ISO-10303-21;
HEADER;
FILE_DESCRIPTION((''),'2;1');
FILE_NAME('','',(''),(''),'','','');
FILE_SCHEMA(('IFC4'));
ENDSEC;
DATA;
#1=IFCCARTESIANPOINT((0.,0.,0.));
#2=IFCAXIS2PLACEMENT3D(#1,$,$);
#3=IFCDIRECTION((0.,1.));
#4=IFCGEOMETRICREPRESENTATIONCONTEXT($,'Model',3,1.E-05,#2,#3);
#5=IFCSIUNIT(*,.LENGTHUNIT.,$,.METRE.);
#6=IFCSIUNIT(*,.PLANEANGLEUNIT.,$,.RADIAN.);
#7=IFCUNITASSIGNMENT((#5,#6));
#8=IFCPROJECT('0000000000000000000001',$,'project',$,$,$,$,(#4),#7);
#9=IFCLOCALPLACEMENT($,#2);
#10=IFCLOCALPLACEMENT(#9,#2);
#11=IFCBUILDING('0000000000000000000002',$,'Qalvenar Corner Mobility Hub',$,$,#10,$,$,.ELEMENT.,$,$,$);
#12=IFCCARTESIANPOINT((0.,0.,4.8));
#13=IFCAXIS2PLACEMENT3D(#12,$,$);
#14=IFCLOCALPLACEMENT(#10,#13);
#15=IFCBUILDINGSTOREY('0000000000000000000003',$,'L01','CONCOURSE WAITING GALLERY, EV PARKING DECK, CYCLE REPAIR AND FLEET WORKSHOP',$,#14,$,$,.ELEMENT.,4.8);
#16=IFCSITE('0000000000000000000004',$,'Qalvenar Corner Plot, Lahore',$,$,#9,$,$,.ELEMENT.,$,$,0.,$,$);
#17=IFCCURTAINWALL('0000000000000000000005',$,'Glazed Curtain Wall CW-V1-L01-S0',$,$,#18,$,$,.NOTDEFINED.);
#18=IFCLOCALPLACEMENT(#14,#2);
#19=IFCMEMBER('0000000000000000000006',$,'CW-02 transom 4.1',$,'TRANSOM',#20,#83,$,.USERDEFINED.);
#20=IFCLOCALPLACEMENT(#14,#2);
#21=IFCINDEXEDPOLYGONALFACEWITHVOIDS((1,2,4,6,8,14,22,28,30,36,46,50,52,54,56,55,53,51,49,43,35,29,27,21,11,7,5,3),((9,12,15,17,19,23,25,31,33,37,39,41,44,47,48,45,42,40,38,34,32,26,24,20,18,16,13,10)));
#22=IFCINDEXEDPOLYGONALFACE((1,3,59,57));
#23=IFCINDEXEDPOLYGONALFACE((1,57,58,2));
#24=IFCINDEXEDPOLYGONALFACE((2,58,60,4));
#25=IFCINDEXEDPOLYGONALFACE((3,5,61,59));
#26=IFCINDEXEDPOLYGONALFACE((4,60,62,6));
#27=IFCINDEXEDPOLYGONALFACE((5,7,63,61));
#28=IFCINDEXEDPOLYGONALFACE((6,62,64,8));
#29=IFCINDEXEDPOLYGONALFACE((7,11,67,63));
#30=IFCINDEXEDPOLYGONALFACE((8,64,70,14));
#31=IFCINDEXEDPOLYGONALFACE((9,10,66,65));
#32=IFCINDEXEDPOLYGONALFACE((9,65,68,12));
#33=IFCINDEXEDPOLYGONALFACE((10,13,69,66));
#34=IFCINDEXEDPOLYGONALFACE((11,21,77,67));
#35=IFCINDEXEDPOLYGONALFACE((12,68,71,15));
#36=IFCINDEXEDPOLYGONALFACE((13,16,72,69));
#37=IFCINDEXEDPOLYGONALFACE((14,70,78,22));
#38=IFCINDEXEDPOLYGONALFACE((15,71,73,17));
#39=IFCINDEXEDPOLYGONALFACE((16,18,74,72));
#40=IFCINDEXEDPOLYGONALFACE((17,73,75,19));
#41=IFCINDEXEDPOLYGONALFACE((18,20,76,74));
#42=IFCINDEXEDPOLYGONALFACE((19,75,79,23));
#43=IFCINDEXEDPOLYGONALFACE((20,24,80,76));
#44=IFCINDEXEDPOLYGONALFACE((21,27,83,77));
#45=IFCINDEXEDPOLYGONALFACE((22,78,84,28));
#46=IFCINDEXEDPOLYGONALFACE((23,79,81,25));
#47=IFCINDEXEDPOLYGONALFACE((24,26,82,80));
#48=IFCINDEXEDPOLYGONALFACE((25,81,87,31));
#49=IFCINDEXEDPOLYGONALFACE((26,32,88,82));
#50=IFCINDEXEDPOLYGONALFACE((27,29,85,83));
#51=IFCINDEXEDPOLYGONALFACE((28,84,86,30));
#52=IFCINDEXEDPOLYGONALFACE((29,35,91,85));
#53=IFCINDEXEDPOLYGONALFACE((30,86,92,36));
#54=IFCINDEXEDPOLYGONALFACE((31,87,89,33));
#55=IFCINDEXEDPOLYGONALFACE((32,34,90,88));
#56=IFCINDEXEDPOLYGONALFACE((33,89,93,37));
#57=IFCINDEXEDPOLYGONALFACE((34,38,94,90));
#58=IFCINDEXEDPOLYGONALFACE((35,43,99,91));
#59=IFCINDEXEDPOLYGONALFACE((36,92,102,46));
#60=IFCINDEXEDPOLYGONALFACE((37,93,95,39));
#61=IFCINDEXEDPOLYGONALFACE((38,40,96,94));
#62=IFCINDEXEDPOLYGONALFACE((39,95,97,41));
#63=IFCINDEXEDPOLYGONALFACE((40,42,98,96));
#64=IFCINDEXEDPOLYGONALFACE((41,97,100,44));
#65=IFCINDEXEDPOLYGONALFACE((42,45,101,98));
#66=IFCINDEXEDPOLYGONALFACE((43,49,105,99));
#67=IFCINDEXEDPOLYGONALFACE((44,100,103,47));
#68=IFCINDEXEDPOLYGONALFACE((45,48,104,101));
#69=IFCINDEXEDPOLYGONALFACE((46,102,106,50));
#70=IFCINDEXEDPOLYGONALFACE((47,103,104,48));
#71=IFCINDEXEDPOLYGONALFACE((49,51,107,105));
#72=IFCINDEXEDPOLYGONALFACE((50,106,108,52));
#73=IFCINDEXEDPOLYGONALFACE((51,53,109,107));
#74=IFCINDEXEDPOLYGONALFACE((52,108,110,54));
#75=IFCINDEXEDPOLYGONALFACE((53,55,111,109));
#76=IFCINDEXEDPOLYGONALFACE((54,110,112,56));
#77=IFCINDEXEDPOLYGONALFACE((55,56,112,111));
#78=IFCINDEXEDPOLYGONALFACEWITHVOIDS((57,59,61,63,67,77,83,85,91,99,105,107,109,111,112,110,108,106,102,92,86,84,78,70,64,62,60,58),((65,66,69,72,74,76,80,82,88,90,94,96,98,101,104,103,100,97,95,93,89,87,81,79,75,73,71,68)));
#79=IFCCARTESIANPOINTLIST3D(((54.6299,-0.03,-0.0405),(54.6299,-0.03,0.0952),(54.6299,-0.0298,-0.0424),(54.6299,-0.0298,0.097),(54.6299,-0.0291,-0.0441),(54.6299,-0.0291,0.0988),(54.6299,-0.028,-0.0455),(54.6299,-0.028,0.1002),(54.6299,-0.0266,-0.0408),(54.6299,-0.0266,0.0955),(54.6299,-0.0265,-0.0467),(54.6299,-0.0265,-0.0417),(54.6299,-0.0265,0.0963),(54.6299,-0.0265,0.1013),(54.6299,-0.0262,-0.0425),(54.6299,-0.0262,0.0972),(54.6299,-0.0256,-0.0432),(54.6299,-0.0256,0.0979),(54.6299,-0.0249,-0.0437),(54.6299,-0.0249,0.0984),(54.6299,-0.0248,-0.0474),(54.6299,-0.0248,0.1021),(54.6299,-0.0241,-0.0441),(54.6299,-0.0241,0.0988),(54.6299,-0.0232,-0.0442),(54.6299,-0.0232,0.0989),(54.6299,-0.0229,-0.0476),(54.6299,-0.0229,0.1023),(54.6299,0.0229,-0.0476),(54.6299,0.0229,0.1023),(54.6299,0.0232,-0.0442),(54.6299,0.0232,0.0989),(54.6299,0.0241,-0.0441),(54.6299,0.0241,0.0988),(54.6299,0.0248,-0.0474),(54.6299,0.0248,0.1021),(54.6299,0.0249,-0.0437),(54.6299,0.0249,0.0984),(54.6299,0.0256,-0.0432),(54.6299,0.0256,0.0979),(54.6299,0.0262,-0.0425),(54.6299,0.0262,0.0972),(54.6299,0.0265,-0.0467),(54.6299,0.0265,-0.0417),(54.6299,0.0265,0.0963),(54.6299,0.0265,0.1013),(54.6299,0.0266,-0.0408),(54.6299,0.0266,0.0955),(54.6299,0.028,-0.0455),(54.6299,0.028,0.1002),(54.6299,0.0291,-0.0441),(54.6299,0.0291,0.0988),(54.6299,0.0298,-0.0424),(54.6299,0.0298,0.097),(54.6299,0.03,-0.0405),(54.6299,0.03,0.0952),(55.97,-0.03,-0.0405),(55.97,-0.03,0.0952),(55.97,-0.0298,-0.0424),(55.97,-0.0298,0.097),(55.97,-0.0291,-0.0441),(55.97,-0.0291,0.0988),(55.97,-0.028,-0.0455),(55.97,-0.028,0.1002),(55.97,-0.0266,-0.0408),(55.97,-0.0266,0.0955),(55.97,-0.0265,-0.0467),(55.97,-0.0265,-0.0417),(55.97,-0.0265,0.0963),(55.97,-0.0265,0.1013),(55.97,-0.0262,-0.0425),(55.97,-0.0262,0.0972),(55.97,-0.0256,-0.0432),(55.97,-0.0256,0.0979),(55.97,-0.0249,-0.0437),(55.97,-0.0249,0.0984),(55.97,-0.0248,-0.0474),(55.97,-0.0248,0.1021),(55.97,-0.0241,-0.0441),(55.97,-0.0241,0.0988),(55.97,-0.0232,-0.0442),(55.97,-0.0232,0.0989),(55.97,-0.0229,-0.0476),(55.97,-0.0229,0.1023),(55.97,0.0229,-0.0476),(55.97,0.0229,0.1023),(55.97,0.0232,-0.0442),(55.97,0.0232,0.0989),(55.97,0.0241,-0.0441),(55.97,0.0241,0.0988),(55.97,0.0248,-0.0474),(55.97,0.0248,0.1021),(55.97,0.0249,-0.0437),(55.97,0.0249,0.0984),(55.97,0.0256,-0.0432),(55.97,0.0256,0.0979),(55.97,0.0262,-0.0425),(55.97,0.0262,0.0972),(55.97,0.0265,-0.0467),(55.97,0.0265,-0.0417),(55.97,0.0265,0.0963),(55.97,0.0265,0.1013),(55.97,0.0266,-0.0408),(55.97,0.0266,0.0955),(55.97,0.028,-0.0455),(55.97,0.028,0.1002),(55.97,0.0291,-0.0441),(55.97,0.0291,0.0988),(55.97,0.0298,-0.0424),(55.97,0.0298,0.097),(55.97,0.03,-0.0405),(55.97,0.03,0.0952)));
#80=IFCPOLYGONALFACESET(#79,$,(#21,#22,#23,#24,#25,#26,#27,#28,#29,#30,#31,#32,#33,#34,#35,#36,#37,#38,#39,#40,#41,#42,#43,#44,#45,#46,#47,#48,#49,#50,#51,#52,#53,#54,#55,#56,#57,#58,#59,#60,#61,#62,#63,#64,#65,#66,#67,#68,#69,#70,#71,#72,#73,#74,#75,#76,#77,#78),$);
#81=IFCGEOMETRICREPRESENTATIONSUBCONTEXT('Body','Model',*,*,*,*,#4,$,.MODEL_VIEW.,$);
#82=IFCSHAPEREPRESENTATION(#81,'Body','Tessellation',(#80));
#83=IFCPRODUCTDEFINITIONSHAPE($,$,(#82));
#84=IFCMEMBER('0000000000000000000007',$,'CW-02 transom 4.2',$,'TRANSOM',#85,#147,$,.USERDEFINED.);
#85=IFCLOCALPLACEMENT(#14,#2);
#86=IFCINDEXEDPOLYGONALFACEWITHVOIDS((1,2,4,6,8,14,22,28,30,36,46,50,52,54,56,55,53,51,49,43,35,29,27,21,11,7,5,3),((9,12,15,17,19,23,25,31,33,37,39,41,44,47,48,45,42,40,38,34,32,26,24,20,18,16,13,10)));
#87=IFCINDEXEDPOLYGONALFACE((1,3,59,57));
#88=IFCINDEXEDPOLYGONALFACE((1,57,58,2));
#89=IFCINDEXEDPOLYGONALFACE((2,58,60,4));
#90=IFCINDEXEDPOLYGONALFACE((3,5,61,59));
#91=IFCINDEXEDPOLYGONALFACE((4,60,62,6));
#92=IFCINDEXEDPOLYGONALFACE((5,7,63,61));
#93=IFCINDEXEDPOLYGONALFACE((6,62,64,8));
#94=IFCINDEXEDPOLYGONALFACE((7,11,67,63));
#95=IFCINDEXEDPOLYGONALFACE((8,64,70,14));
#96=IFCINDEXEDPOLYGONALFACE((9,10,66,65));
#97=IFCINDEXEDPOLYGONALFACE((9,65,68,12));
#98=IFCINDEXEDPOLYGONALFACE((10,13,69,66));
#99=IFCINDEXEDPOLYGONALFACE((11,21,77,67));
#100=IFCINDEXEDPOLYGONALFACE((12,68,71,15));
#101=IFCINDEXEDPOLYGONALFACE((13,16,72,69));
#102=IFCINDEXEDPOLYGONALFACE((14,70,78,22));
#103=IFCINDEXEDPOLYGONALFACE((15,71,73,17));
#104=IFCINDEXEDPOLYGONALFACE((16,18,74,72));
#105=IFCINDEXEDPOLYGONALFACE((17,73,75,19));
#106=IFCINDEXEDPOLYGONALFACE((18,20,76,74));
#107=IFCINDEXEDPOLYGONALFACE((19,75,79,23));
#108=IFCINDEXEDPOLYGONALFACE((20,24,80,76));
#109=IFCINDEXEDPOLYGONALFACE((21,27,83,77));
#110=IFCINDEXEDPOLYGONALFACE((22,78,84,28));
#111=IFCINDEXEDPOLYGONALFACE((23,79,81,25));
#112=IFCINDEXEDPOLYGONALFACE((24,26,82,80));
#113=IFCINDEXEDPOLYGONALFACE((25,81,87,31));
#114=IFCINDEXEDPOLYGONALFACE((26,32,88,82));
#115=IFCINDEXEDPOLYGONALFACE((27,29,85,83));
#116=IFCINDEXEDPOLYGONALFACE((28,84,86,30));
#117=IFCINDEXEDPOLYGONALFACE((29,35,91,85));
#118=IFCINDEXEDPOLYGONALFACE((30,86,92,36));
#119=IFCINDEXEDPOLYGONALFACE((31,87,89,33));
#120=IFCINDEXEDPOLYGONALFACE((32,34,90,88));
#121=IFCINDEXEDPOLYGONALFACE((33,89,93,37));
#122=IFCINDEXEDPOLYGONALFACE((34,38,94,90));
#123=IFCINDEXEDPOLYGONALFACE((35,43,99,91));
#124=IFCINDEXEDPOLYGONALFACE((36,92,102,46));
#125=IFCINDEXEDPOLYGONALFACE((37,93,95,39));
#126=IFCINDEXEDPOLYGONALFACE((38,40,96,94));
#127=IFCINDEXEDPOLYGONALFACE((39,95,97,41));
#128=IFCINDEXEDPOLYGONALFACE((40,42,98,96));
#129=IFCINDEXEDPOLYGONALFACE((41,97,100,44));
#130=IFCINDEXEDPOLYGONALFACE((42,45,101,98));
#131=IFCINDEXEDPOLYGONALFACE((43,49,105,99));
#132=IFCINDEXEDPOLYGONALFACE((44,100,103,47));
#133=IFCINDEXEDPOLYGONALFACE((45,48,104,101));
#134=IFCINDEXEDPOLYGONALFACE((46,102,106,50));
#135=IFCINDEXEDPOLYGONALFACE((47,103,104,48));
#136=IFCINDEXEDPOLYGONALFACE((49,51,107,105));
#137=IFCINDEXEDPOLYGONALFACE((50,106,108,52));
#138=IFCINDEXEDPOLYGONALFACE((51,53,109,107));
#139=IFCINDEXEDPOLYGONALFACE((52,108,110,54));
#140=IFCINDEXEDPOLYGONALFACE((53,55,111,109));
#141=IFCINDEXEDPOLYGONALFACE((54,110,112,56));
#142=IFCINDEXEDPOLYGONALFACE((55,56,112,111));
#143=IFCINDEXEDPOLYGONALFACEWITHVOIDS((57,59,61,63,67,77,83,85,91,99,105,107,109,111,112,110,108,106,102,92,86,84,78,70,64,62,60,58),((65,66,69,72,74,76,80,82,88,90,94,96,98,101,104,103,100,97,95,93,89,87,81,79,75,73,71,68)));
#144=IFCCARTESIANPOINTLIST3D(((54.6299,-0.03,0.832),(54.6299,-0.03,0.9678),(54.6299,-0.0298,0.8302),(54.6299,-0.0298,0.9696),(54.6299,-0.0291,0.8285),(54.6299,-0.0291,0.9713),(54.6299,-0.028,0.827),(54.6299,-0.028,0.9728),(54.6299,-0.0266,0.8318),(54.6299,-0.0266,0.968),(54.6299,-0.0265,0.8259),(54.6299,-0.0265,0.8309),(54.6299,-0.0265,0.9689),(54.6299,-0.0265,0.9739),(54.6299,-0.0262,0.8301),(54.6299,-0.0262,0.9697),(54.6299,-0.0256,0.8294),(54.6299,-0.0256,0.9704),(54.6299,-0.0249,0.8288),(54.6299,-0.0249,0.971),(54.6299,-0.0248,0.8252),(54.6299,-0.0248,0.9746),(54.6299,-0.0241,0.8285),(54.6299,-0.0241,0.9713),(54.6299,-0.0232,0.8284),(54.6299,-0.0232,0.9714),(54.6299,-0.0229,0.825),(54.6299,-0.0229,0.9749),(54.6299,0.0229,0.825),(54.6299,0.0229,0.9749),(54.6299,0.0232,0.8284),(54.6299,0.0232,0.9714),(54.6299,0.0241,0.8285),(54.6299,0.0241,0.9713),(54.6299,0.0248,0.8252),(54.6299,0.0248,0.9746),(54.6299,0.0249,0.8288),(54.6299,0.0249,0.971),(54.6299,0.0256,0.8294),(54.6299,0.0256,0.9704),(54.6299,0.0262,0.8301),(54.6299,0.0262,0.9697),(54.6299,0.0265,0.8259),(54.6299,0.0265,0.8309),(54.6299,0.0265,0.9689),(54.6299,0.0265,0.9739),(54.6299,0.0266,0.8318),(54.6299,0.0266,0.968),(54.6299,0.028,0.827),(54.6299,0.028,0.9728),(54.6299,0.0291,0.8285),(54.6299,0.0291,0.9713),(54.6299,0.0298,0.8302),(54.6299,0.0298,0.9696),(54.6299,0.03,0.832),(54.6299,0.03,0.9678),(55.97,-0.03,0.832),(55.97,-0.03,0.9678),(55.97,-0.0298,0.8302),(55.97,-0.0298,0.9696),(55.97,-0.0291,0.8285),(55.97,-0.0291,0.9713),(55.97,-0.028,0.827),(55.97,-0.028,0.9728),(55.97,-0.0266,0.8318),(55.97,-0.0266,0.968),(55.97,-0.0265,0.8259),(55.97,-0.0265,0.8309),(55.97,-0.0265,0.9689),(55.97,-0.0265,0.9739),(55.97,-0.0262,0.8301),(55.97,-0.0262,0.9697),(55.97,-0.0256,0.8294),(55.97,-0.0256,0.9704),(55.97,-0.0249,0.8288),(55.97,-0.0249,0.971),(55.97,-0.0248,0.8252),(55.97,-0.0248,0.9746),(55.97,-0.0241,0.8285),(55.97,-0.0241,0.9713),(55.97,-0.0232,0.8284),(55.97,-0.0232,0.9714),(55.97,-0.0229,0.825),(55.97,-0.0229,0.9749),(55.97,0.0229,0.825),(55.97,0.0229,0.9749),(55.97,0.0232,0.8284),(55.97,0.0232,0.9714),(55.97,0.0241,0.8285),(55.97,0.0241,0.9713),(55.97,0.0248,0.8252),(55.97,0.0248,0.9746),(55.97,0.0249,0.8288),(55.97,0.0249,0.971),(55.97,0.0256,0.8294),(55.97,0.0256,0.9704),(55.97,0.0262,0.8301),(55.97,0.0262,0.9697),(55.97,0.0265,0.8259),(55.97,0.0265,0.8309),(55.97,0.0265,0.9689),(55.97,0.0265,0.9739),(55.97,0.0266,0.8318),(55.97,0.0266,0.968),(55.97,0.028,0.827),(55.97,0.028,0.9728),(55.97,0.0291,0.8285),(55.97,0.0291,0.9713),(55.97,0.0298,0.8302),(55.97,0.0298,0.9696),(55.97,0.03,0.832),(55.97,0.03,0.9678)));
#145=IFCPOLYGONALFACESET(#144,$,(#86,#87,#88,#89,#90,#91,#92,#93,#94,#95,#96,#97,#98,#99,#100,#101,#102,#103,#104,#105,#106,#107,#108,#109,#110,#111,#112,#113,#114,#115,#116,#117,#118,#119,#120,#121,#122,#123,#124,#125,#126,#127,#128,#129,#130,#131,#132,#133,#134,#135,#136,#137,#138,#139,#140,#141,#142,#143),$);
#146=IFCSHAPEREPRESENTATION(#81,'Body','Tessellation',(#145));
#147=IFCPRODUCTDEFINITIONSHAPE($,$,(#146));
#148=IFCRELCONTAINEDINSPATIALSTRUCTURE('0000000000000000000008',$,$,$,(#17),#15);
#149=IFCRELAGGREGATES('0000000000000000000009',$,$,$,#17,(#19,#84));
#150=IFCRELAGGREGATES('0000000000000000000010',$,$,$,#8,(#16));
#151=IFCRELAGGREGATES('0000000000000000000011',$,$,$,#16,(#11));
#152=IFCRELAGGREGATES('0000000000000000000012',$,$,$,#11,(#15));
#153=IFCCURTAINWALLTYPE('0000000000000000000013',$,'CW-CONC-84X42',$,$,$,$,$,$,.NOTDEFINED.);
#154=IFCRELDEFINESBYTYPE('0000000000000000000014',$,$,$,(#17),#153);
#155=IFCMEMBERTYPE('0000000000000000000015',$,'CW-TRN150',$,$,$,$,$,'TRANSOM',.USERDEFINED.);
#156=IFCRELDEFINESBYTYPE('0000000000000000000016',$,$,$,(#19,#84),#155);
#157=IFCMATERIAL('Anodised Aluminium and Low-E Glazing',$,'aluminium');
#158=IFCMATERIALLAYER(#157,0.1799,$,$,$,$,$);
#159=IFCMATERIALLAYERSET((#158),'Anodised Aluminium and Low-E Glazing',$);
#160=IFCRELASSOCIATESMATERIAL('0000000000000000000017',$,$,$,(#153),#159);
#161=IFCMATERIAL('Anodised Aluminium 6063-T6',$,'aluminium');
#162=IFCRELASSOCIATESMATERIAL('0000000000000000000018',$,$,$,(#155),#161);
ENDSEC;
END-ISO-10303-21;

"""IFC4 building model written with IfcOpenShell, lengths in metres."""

from ifc_helpers import new_model, si_unit, direction, frame, origin, origin_2d, place, context, subcontext, project, spatial, hollow_rectangle, extrude, material, layer, layer_set, material_profile, profile_set, type_object, element, aggregate, save


model = new_model("IFC4")

# Units and contexts
model_context = context("Model", 3, precision=1e-05, world=origin(), true_north=direction((0.0, 1.0)))
body_context = subcontext(model_context, "Body", "Model", "MODEL_VIEW")
ifc_project = project(units=[si_unit("LENGTHUNIT", "METRE"), si_unit("PLANEANGLEUNIT", "RADIAN")], contexts=[model_context])

# Site, building, storey
site_placement = place(None, origin())
site = spatial("IfcSite", under=ifc_project, at=site_placement, Name="Qalvenar Corner Plot, Lahore", CompositionType="ELEMENT", RefElevation=0.0)
building_placement = place(site_placement, origin())
building = spatial("IfcBuilding", under=site, at=building_placement, Name="Qalvenar Corner Mobility Hub", CompositionType="ELEMENT")
storey_placement = place(building_placement, frame((0.0, 0.0, 4.8)))
storey = spatial("IfcBuildingStorey", under=building, at=storey_placement, Name="L01", Description="CONCOURSE WAITING GALLERY, EV PARKING DECK, CYCLE REPAIR AND FLEET WORKSHOP", CompositionType="ELEMENT", Elevation=4.8)

# Curtain wall, members
ifc_material_1 = material(Name="Anodised Aluminium and Low-E Glazing", Category="aluminium")
ifc_layer_1 = layer(ifc_material_1, 0.1799)
ifc_layer_set_1 = layer_set([ifc_layer_1], Name="Anodised Aluminium and Low-E Glazing")
curtain_wall_type = type_object("IfcCurtainWallType", Name="CW-CONC-84X42", PredefinedType="NOTDEFINED", material=ifc_layer_set_1)
curtain_wall_placement = place(storey_placement, origin())
curtain_wall = element("IfcCurtainWall", 1, at=curtain_wall_placement, inside=storey, type_object=curtain_wall_type, Name="Glazed Curtain Wall CW-V1-L01-S0", PredefinedType="NOTDEFINED")
ifc_material_2 = material(Name="Anodised Aluminium 6063-T6", Category="aluminium")
ifc_material_profile_1 = material_profile(ifc_material_2, hollow_rectangle(XDim=0.0601, YDim=0.1499, WallThickness=0.0034, InnerFilletRadius=0.0034, OuterFilletRadius=0.0071, at=origin_2d()), Name="RHS150x60x3.5")
ifc_profile_set_1 = profile_set([ifc_material_profile_1], Name="Anodised Aluminium 6063-T6")
member_type_1 = type_object("IfcMemberType", Name="CW-TRN150", ElementType="TRANSOM", PredefinedType="USERDEFINED", material=ifc_profile_set_1)
member_1_placement = place(storey_placement, frame((54.6299, 0.0, 0.0273), z_axis=(1.0, 0.0, 0.0), x_axis=(0.0, 1.0, 0.0)))
member_1 = element("IfcMember", 2, at=member_1_placement, type_object=member_type_1, Name="CW-02 transom 4.1", ObjectType="TRANSOM", PredefinedType="USERDEFINED", context=body_context, shape_type="SweptSolid", body=[
    extrude(hollow_rectangle(XDim=0.0601, YDim=0.1499, WallThickness=0.0034, InnerFilletRadius=0.0034, OuterFilletRadius=0.0071, at=origin_2d()), origin(), (0.0, 0.0, 1.0), 1.3401),
])
member_2_placement = place(storey_placement, frame((54.6299, 0.0, 0.8999), z_axis=(1.0, 0.0, 0.0), x_axis=(0.0, 1.0, 0.0)))
member_2 = element("IfcMember", 3, at=member_2_placement, type_object=member_type_1, Name="CW-02 transom 4.2", ObjectType="TRANSOM", PredefinedType="USERDEFINED", context=body_context, shape_type="SweptSolid", body=[
    extrude(hollow_rectangle(XDim=0.0601, YDim=0.1499, WallThickness=0.0034, InnerFilletRadius=0.0034, OuterFilletRadius=0.0071, at=origin_2d()), origin(), (0.0, 0.0, 1.0), 1.3401),
])
aggregate(curtain_wall, [member_1, member_2])

save(model, "model.ifc")
